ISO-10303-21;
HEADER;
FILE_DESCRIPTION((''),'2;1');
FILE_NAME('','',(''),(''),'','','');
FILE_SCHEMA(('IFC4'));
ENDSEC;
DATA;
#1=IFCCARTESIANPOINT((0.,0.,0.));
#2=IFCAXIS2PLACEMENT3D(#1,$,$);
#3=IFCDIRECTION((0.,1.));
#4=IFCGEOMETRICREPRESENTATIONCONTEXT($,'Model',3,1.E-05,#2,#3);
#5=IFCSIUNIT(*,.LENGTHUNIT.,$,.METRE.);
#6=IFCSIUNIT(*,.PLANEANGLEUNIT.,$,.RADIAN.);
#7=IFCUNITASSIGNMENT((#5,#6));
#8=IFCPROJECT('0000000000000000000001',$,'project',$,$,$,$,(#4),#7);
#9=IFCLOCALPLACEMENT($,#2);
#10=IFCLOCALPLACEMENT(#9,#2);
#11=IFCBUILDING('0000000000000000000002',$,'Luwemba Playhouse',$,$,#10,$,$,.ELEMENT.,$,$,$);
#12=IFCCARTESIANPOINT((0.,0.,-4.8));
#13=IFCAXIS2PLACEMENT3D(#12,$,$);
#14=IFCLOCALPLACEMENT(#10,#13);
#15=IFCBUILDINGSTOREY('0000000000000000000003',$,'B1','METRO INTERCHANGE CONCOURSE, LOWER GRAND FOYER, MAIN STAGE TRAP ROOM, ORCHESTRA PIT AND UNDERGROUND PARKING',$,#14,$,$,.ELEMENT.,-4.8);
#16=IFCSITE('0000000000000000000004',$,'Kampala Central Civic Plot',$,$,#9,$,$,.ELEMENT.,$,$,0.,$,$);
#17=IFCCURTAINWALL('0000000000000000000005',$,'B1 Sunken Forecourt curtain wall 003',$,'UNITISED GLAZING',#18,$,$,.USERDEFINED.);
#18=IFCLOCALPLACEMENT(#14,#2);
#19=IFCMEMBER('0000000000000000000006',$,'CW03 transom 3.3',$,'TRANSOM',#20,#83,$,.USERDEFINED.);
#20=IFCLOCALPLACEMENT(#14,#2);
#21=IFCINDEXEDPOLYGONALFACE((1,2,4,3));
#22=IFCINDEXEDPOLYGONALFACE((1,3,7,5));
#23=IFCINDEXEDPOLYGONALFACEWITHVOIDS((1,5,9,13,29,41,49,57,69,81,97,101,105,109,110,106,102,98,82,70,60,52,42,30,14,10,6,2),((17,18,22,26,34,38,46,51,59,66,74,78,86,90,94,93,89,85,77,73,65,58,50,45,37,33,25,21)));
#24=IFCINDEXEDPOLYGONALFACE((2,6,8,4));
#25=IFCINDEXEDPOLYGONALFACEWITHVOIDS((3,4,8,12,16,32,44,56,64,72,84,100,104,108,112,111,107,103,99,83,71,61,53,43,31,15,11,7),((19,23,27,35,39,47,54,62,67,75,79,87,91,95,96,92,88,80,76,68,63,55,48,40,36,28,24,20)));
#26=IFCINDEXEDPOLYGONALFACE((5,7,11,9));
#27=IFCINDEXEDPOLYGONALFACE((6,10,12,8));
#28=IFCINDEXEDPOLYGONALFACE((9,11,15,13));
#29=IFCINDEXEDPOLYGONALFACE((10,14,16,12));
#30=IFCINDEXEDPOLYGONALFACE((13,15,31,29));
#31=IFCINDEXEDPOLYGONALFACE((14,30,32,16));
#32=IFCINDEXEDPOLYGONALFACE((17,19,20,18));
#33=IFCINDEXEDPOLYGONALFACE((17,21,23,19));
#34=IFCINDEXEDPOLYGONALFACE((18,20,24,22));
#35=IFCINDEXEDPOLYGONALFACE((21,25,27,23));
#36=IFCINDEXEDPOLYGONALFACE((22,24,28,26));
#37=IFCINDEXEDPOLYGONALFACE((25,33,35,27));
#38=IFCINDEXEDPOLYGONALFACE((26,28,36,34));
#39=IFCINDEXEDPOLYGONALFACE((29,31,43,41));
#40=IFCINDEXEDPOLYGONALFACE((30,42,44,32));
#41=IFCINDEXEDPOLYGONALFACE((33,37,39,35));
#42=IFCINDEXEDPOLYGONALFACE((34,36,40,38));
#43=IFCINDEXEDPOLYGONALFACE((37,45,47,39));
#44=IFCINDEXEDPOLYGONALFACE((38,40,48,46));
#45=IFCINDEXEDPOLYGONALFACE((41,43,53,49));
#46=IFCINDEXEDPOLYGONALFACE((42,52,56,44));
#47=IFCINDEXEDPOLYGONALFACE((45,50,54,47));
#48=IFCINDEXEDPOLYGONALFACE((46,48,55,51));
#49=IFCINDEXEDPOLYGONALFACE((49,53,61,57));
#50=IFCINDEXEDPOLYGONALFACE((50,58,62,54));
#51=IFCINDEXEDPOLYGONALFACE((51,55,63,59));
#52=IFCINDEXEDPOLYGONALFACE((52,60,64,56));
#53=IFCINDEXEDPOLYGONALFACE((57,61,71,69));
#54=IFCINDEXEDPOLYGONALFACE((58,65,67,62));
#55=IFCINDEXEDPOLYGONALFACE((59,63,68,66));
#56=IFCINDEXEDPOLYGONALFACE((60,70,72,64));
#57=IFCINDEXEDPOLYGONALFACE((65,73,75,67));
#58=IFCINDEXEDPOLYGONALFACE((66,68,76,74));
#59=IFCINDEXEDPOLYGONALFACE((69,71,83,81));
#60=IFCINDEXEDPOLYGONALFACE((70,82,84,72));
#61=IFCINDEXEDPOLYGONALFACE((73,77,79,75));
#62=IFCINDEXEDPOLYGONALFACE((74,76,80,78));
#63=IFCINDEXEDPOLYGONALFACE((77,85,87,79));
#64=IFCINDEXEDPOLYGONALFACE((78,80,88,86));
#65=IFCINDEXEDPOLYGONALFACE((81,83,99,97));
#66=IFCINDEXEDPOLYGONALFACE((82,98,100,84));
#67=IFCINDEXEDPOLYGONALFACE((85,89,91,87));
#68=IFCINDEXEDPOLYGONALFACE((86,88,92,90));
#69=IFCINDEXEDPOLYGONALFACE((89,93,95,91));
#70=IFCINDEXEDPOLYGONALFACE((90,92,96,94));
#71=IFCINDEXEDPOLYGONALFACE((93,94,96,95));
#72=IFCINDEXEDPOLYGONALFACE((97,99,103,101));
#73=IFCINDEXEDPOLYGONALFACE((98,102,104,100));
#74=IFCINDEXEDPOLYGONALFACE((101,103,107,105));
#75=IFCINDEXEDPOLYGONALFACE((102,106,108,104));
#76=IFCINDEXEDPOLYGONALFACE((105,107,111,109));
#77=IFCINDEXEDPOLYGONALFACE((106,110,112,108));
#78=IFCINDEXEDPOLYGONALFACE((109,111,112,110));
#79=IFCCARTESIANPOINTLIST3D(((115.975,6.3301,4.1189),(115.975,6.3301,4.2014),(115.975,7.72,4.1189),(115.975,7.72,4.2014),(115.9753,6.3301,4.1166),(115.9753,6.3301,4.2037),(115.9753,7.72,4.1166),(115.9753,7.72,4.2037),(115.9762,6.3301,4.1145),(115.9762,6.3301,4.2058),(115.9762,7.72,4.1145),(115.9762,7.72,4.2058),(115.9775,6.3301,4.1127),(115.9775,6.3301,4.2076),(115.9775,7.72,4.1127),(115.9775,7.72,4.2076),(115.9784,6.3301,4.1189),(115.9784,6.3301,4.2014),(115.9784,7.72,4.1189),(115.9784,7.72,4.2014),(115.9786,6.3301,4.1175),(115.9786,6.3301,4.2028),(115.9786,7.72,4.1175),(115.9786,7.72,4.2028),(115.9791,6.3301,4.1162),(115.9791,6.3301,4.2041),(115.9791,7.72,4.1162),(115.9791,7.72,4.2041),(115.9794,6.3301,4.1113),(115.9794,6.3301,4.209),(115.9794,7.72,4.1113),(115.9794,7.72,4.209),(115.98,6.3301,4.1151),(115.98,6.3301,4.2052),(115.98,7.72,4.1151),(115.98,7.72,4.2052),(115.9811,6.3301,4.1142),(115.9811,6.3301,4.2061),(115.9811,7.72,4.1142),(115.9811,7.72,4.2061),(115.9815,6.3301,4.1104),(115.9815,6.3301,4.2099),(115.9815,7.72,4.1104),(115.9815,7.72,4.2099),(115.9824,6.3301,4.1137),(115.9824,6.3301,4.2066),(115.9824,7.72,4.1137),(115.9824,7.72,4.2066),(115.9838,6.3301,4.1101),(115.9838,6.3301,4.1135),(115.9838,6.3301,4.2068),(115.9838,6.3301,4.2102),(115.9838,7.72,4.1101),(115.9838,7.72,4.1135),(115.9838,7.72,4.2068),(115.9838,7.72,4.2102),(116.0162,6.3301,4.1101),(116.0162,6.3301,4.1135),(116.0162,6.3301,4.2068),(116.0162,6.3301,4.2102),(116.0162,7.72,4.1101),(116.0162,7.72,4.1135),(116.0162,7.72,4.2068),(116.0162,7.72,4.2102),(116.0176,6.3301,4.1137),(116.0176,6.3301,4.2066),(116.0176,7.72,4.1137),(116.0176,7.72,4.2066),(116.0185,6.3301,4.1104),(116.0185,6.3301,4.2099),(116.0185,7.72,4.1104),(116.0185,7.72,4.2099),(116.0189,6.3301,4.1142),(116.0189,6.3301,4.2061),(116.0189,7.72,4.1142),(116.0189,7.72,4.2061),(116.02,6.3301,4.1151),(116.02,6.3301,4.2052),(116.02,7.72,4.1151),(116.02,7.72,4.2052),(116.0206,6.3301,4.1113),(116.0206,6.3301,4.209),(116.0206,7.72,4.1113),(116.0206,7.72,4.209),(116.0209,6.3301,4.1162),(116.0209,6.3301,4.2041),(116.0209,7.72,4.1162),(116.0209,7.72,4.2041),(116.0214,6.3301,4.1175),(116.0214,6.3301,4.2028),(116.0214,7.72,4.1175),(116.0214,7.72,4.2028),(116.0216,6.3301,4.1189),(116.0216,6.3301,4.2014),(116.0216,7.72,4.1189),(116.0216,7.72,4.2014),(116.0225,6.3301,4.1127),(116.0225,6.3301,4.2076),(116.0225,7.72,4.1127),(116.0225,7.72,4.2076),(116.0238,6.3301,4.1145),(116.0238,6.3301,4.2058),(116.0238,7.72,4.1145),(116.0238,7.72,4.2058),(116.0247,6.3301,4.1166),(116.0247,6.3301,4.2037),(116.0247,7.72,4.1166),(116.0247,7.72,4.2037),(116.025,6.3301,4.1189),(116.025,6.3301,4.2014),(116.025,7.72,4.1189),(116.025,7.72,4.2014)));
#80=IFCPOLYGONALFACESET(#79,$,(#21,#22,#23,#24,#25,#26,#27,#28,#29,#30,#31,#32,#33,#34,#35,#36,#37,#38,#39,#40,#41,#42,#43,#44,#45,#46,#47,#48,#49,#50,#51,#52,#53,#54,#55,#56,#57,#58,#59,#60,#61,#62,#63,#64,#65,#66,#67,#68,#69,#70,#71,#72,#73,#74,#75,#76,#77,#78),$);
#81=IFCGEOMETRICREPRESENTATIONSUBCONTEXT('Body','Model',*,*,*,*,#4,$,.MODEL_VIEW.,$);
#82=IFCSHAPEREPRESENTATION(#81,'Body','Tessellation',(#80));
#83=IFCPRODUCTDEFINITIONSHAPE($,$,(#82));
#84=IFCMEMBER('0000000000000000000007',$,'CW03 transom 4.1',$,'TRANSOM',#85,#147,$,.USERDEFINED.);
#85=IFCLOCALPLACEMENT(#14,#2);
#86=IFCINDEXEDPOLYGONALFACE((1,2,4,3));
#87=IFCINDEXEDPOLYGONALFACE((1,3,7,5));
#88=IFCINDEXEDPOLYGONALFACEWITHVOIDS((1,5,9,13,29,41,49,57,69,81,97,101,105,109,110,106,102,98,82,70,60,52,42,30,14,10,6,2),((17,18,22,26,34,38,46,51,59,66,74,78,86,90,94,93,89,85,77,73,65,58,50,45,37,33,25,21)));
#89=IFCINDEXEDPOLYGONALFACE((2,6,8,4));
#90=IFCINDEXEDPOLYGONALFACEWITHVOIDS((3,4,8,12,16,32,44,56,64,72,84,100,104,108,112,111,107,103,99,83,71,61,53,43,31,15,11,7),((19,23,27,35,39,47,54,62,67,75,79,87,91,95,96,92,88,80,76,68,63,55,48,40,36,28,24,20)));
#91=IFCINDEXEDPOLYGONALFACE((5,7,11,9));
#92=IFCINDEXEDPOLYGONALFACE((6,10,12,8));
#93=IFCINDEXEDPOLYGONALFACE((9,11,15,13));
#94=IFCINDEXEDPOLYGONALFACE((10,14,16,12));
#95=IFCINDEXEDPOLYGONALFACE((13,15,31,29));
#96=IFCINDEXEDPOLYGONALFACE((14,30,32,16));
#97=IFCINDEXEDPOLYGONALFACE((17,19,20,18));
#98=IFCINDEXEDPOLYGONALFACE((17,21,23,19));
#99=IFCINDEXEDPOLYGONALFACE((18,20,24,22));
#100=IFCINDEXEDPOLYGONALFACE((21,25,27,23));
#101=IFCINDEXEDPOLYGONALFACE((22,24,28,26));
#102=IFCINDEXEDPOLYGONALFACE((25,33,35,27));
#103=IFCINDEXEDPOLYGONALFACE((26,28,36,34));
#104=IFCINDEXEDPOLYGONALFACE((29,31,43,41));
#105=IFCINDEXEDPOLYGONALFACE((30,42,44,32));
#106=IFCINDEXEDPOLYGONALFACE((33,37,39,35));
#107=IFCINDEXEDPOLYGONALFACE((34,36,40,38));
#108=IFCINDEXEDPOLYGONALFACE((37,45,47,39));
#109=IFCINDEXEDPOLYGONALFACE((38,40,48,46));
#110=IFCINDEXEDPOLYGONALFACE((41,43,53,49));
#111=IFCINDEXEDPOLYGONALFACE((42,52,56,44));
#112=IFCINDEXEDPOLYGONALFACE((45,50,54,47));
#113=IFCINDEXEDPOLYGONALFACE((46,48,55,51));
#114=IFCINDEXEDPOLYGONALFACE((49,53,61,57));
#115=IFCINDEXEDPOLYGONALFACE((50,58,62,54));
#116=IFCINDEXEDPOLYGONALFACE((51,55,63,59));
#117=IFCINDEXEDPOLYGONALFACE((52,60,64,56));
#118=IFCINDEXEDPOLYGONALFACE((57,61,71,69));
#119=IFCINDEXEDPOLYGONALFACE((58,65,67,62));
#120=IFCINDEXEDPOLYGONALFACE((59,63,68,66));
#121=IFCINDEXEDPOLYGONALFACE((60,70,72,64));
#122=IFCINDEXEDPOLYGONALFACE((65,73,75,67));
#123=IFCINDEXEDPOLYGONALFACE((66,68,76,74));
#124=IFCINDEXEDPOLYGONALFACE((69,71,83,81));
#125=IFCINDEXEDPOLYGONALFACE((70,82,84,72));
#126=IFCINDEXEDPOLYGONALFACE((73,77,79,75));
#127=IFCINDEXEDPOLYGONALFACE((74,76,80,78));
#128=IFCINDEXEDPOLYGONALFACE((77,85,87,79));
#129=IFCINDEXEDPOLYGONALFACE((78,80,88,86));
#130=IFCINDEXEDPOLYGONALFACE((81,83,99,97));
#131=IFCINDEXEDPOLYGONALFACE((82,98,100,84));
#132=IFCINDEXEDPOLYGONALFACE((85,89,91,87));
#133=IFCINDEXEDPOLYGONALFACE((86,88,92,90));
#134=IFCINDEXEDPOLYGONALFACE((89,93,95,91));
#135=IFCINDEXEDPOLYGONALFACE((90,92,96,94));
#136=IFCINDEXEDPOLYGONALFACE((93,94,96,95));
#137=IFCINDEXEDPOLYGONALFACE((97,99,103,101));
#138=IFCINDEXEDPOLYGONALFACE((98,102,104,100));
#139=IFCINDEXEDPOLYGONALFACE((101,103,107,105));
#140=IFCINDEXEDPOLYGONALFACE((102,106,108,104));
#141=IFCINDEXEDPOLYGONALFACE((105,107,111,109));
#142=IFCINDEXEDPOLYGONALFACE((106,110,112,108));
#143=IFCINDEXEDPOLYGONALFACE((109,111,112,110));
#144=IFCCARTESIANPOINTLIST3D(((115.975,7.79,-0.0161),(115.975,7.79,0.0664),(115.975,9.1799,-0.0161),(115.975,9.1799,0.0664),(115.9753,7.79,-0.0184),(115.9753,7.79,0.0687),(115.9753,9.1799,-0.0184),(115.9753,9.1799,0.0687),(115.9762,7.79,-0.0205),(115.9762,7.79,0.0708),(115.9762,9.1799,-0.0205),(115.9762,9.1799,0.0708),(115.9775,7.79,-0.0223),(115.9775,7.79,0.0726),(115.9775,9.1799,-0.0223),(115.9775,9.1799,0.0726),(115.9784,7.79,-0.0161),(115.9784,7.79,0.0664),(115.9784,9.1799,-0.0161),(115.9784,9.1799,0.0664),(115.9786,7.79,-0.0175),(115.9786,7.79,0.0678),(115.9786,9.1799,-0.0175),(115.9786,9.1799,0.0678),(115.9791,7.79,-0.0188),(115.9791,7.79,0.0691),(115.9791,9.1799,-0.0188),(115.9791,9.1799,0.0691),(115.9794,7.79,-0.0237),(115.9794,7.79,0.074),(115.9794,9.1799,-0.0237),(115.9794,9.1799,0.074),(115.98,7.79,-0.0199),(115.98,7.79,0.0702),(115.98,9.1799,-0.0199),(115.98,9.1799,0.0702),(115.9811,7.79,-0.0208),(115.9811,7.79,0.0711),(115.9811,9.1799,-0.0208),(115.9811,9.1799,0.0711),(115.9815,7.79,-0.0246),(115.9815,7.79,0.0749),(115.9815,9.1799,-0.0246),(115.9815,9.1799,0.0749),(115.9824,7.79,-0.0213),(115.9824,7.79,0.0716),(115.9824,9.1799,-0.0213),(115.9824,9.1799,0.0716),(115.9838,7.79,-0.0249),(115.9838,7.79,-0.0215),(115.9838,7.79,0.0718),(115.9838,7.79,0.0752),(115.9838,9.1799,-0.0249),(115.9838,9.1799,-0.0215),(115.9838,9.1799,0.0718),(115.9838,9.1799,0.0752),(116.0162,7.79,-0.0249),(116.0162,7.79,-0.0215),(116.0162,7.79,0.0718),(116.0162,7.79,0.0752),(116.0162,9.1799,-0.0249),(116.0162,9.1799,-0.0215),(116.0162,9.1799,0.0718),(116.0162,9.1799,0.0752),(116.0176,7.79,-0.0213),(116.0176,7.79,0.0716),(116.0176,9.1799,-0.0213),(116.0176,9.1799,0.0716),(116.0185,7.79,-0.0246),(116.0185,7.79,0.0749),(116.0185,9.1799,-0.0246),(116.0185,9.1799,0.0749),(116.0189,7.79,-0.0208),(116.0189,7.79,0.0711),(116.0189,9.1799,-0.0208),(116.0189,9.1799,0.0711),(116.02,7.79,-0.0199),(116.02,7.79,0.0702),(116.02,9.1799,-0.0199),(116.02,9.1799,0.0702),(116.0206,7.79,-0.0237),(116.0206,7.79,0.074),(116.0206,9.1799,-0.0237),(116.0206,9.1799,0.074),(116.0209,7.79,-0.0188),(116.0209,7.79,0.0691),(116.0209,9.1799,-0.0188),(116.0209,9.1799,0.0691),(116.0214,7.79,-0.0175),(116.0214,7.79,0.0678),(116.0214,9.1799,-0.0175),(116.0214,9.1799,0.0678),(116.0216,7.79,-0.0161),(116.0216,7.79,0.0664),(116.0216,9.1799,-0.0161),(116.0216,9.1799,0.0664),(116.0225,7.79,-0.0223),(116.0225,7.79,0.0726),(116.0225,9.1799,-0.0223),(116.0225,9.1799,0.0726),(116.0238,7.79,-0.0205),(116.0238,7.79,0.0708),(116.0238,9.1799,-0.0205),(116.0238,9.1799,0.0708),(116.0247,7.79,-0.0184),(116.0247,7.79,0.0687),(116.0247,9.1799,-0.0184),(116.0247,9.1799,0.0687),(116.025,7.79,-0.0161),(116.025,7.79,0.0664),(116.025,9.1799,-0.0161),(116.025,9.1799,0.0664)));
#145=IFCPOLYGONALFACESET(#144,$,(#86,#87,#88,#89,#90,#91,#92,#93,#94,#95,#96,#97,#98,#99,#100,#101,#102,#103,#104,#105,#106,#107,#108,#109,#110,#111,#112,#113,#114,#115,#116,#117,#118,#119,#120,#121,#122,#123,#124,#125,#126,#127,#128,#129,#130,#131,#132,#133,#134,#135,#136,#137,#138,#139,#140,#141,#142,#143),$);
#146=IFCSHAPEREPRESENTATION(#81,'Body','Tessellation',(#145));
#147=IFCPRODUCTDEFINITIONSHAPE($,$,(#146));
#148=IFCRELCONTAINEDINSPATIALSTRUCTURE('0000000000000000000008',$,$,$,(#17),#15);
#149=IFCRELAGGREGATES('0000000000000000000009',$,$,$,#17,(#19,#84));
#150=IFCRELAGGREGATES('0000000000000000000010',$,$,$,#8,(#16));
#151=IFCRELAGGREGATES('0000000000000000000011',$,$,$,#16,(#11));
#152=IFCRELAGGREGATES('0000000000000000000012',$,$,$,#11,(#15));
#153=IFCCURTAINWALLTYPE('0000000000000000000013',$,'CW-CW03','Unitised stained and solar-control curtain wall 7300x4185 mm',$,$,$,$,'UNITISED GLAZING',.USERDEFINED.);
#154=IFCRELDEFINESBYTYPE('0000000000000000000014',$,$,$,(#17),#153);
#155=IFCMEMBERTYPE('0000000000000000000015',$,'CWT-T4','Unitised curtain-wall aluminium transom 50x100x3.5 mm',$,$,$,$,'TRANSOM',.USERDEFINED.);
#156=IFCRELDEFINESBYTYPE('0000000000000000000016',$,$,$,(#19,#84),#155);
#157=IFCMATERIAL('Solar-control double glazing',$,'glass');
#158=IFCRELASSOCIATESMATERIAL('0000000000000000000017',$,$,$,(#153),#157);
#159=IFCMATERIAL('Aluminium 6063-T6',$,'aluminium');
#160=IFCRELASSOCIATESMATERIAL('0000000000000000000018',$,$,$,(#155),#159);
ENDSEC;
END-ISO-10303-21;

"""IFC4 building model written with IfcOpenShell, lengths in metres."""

from ifc_helpers import new_model, si_unit, direction, frame, origin, origin_2d, place, context, subcontext, project, spatial, hollow_rectangle, extrude, material, material_profile, profile_set, type_object, element, aggregate, save


model = new_model("IFC4")

# Units and contexts
model_context = context("Model", 3, precision=1e-05, world=origin(), true_north=direction((0.0, 1.0)))
body_context = subcontext(model_context, "Body", "Model", "MODEL_VIEW")
ifc_project = project(units=[si_unit("LENGTHUNIT", "METRE"), si_unit("PLANEANGLEUNIT", "RADIAN")], contexts=[model_context])

# Site, building, storey
site_placement = place(None, origin())
site = spatial("IfcSite", under=ifc_project, at=site_placement, Name="Kampala Central Civic Plot", CompositionType="ELEMENT", RefElevation=0.0)
building_placement = place(site_placement, origin())
building = spatial("IfcBuilding", under=site, at=building_placement, Name="Luwemba Playhouse", CompositionType="ELEMENT")
storey_placement = place(building_placement, frame((0.0, 0.0, -4.8)))
storey = spatial("IfcBuildingStorey", under=building, at=storey_placement, Name="B1", Description="METRO INTERCHANGE CONCOURSE, LOWER GRAND FOYER, MAIN STAGE TRAP ROOM, ORCHESTRA PIT AND UNDERGROUND PARKING", CompositionType="ELEMENT", Elevation=-4.8)

# Curtain wall, members
ifc_material_1 = material(Name="Solar-control double glazing", Category="glass")
curtain_wall_type = type_object("IfcCurtainWallType", Name="CW-CW03", Description="Unitised stained and solar-control curtain wall 7300x4185 mm", ElementType="UNITISED GLAZING", PredefinedType="USERDEFINED", material=ifc_material_1)
curtain_wall_placement = place(storey_placement, origin())
curtain_wall = element("IfcCurtainWall", 1, at=curtain_wall_placement, inside=storey, type_object=curtain_wall_type, Name="B1 Sunken Forecourt curtain wall 003", ObjectType="UNITISED GLAZING", PredefinedType="USERDEFINED")
ifc_material_2 = material(Name="Aluminium 6063-T6", Category="aluminium")
ifc_material_profile_1 = material_profile(ifc_material_2, hollow_rectangle(XDim=0.05, YDim=0.1001, WallThickness=0.0034, InnerFilletRadius=0.0054, OuterFilletRadius=0.0088, at=origin_2d()))
ifc_profile_set_1 = profile_set([ifc_material_profile_1], Name="Aluminium 6063-T6")
member_type_1 = type_object("IfcMemberType", Name="CWT-T4", Description="Unitised curtain-wall aluminium transom 50x100x3.5 mm", ElementType="TRANSOM", PredefinedType="USERDEFINED", material=ifc_profile_set_1)
member_1_placement = place(storey_placement, frame((116.0, 6.3301, 4.1602), z_axis=(0.0, 1.0, 0.0), x_axis=(-1.0, 0.0, 0.0)))
member_1 = element("IfcMember", 2, at=member_1_placement, type_object=member_type_1, Name="CW03 transom 3.3", ObjectType="TRANSOM", PredefinedType="USERDEFINED", context=body_context, shape_type="SweptSolid", body=[
    extrude(hollow_rectangle(XDim=0.05, YDim=0.1001, WallThickness=0.0034, InnerFilletRadius=0.0054, OuterFilletRadius=0.0088, at=origin_2d()), origin(), (0.0, 0.0, 1.0), 1.3899),
])
member_2_placement = place(storey_placement, frame((116.0, 7.79, 0.0251), z_axis=(0.0, 1.0, 0.0), x_axis=(-1.0, 0.0, 0.0)))
member_2 = element("IfcMember", 3, at=member_2_placement, type_object=member_type_1, Name="CW03 transom 4.1", ObjectType="TRANSOM", PredefinedType="USERDEFINED", context=body_context, shape_type="SweptSolid", body=[
    extrude(hollow_rectangle(XDim=0.05, YDim=0.1001, WallThickness=0.0034, InnerFilletRadius=0.0054, OuterFilletRadius=0.0088, at=origin_2d()), origin(), (0.0, 0.0, 1.0), 1.3899),
])
aggregate(curtain_wall, [member_1, member_2])

save(model, "model.ifc")
